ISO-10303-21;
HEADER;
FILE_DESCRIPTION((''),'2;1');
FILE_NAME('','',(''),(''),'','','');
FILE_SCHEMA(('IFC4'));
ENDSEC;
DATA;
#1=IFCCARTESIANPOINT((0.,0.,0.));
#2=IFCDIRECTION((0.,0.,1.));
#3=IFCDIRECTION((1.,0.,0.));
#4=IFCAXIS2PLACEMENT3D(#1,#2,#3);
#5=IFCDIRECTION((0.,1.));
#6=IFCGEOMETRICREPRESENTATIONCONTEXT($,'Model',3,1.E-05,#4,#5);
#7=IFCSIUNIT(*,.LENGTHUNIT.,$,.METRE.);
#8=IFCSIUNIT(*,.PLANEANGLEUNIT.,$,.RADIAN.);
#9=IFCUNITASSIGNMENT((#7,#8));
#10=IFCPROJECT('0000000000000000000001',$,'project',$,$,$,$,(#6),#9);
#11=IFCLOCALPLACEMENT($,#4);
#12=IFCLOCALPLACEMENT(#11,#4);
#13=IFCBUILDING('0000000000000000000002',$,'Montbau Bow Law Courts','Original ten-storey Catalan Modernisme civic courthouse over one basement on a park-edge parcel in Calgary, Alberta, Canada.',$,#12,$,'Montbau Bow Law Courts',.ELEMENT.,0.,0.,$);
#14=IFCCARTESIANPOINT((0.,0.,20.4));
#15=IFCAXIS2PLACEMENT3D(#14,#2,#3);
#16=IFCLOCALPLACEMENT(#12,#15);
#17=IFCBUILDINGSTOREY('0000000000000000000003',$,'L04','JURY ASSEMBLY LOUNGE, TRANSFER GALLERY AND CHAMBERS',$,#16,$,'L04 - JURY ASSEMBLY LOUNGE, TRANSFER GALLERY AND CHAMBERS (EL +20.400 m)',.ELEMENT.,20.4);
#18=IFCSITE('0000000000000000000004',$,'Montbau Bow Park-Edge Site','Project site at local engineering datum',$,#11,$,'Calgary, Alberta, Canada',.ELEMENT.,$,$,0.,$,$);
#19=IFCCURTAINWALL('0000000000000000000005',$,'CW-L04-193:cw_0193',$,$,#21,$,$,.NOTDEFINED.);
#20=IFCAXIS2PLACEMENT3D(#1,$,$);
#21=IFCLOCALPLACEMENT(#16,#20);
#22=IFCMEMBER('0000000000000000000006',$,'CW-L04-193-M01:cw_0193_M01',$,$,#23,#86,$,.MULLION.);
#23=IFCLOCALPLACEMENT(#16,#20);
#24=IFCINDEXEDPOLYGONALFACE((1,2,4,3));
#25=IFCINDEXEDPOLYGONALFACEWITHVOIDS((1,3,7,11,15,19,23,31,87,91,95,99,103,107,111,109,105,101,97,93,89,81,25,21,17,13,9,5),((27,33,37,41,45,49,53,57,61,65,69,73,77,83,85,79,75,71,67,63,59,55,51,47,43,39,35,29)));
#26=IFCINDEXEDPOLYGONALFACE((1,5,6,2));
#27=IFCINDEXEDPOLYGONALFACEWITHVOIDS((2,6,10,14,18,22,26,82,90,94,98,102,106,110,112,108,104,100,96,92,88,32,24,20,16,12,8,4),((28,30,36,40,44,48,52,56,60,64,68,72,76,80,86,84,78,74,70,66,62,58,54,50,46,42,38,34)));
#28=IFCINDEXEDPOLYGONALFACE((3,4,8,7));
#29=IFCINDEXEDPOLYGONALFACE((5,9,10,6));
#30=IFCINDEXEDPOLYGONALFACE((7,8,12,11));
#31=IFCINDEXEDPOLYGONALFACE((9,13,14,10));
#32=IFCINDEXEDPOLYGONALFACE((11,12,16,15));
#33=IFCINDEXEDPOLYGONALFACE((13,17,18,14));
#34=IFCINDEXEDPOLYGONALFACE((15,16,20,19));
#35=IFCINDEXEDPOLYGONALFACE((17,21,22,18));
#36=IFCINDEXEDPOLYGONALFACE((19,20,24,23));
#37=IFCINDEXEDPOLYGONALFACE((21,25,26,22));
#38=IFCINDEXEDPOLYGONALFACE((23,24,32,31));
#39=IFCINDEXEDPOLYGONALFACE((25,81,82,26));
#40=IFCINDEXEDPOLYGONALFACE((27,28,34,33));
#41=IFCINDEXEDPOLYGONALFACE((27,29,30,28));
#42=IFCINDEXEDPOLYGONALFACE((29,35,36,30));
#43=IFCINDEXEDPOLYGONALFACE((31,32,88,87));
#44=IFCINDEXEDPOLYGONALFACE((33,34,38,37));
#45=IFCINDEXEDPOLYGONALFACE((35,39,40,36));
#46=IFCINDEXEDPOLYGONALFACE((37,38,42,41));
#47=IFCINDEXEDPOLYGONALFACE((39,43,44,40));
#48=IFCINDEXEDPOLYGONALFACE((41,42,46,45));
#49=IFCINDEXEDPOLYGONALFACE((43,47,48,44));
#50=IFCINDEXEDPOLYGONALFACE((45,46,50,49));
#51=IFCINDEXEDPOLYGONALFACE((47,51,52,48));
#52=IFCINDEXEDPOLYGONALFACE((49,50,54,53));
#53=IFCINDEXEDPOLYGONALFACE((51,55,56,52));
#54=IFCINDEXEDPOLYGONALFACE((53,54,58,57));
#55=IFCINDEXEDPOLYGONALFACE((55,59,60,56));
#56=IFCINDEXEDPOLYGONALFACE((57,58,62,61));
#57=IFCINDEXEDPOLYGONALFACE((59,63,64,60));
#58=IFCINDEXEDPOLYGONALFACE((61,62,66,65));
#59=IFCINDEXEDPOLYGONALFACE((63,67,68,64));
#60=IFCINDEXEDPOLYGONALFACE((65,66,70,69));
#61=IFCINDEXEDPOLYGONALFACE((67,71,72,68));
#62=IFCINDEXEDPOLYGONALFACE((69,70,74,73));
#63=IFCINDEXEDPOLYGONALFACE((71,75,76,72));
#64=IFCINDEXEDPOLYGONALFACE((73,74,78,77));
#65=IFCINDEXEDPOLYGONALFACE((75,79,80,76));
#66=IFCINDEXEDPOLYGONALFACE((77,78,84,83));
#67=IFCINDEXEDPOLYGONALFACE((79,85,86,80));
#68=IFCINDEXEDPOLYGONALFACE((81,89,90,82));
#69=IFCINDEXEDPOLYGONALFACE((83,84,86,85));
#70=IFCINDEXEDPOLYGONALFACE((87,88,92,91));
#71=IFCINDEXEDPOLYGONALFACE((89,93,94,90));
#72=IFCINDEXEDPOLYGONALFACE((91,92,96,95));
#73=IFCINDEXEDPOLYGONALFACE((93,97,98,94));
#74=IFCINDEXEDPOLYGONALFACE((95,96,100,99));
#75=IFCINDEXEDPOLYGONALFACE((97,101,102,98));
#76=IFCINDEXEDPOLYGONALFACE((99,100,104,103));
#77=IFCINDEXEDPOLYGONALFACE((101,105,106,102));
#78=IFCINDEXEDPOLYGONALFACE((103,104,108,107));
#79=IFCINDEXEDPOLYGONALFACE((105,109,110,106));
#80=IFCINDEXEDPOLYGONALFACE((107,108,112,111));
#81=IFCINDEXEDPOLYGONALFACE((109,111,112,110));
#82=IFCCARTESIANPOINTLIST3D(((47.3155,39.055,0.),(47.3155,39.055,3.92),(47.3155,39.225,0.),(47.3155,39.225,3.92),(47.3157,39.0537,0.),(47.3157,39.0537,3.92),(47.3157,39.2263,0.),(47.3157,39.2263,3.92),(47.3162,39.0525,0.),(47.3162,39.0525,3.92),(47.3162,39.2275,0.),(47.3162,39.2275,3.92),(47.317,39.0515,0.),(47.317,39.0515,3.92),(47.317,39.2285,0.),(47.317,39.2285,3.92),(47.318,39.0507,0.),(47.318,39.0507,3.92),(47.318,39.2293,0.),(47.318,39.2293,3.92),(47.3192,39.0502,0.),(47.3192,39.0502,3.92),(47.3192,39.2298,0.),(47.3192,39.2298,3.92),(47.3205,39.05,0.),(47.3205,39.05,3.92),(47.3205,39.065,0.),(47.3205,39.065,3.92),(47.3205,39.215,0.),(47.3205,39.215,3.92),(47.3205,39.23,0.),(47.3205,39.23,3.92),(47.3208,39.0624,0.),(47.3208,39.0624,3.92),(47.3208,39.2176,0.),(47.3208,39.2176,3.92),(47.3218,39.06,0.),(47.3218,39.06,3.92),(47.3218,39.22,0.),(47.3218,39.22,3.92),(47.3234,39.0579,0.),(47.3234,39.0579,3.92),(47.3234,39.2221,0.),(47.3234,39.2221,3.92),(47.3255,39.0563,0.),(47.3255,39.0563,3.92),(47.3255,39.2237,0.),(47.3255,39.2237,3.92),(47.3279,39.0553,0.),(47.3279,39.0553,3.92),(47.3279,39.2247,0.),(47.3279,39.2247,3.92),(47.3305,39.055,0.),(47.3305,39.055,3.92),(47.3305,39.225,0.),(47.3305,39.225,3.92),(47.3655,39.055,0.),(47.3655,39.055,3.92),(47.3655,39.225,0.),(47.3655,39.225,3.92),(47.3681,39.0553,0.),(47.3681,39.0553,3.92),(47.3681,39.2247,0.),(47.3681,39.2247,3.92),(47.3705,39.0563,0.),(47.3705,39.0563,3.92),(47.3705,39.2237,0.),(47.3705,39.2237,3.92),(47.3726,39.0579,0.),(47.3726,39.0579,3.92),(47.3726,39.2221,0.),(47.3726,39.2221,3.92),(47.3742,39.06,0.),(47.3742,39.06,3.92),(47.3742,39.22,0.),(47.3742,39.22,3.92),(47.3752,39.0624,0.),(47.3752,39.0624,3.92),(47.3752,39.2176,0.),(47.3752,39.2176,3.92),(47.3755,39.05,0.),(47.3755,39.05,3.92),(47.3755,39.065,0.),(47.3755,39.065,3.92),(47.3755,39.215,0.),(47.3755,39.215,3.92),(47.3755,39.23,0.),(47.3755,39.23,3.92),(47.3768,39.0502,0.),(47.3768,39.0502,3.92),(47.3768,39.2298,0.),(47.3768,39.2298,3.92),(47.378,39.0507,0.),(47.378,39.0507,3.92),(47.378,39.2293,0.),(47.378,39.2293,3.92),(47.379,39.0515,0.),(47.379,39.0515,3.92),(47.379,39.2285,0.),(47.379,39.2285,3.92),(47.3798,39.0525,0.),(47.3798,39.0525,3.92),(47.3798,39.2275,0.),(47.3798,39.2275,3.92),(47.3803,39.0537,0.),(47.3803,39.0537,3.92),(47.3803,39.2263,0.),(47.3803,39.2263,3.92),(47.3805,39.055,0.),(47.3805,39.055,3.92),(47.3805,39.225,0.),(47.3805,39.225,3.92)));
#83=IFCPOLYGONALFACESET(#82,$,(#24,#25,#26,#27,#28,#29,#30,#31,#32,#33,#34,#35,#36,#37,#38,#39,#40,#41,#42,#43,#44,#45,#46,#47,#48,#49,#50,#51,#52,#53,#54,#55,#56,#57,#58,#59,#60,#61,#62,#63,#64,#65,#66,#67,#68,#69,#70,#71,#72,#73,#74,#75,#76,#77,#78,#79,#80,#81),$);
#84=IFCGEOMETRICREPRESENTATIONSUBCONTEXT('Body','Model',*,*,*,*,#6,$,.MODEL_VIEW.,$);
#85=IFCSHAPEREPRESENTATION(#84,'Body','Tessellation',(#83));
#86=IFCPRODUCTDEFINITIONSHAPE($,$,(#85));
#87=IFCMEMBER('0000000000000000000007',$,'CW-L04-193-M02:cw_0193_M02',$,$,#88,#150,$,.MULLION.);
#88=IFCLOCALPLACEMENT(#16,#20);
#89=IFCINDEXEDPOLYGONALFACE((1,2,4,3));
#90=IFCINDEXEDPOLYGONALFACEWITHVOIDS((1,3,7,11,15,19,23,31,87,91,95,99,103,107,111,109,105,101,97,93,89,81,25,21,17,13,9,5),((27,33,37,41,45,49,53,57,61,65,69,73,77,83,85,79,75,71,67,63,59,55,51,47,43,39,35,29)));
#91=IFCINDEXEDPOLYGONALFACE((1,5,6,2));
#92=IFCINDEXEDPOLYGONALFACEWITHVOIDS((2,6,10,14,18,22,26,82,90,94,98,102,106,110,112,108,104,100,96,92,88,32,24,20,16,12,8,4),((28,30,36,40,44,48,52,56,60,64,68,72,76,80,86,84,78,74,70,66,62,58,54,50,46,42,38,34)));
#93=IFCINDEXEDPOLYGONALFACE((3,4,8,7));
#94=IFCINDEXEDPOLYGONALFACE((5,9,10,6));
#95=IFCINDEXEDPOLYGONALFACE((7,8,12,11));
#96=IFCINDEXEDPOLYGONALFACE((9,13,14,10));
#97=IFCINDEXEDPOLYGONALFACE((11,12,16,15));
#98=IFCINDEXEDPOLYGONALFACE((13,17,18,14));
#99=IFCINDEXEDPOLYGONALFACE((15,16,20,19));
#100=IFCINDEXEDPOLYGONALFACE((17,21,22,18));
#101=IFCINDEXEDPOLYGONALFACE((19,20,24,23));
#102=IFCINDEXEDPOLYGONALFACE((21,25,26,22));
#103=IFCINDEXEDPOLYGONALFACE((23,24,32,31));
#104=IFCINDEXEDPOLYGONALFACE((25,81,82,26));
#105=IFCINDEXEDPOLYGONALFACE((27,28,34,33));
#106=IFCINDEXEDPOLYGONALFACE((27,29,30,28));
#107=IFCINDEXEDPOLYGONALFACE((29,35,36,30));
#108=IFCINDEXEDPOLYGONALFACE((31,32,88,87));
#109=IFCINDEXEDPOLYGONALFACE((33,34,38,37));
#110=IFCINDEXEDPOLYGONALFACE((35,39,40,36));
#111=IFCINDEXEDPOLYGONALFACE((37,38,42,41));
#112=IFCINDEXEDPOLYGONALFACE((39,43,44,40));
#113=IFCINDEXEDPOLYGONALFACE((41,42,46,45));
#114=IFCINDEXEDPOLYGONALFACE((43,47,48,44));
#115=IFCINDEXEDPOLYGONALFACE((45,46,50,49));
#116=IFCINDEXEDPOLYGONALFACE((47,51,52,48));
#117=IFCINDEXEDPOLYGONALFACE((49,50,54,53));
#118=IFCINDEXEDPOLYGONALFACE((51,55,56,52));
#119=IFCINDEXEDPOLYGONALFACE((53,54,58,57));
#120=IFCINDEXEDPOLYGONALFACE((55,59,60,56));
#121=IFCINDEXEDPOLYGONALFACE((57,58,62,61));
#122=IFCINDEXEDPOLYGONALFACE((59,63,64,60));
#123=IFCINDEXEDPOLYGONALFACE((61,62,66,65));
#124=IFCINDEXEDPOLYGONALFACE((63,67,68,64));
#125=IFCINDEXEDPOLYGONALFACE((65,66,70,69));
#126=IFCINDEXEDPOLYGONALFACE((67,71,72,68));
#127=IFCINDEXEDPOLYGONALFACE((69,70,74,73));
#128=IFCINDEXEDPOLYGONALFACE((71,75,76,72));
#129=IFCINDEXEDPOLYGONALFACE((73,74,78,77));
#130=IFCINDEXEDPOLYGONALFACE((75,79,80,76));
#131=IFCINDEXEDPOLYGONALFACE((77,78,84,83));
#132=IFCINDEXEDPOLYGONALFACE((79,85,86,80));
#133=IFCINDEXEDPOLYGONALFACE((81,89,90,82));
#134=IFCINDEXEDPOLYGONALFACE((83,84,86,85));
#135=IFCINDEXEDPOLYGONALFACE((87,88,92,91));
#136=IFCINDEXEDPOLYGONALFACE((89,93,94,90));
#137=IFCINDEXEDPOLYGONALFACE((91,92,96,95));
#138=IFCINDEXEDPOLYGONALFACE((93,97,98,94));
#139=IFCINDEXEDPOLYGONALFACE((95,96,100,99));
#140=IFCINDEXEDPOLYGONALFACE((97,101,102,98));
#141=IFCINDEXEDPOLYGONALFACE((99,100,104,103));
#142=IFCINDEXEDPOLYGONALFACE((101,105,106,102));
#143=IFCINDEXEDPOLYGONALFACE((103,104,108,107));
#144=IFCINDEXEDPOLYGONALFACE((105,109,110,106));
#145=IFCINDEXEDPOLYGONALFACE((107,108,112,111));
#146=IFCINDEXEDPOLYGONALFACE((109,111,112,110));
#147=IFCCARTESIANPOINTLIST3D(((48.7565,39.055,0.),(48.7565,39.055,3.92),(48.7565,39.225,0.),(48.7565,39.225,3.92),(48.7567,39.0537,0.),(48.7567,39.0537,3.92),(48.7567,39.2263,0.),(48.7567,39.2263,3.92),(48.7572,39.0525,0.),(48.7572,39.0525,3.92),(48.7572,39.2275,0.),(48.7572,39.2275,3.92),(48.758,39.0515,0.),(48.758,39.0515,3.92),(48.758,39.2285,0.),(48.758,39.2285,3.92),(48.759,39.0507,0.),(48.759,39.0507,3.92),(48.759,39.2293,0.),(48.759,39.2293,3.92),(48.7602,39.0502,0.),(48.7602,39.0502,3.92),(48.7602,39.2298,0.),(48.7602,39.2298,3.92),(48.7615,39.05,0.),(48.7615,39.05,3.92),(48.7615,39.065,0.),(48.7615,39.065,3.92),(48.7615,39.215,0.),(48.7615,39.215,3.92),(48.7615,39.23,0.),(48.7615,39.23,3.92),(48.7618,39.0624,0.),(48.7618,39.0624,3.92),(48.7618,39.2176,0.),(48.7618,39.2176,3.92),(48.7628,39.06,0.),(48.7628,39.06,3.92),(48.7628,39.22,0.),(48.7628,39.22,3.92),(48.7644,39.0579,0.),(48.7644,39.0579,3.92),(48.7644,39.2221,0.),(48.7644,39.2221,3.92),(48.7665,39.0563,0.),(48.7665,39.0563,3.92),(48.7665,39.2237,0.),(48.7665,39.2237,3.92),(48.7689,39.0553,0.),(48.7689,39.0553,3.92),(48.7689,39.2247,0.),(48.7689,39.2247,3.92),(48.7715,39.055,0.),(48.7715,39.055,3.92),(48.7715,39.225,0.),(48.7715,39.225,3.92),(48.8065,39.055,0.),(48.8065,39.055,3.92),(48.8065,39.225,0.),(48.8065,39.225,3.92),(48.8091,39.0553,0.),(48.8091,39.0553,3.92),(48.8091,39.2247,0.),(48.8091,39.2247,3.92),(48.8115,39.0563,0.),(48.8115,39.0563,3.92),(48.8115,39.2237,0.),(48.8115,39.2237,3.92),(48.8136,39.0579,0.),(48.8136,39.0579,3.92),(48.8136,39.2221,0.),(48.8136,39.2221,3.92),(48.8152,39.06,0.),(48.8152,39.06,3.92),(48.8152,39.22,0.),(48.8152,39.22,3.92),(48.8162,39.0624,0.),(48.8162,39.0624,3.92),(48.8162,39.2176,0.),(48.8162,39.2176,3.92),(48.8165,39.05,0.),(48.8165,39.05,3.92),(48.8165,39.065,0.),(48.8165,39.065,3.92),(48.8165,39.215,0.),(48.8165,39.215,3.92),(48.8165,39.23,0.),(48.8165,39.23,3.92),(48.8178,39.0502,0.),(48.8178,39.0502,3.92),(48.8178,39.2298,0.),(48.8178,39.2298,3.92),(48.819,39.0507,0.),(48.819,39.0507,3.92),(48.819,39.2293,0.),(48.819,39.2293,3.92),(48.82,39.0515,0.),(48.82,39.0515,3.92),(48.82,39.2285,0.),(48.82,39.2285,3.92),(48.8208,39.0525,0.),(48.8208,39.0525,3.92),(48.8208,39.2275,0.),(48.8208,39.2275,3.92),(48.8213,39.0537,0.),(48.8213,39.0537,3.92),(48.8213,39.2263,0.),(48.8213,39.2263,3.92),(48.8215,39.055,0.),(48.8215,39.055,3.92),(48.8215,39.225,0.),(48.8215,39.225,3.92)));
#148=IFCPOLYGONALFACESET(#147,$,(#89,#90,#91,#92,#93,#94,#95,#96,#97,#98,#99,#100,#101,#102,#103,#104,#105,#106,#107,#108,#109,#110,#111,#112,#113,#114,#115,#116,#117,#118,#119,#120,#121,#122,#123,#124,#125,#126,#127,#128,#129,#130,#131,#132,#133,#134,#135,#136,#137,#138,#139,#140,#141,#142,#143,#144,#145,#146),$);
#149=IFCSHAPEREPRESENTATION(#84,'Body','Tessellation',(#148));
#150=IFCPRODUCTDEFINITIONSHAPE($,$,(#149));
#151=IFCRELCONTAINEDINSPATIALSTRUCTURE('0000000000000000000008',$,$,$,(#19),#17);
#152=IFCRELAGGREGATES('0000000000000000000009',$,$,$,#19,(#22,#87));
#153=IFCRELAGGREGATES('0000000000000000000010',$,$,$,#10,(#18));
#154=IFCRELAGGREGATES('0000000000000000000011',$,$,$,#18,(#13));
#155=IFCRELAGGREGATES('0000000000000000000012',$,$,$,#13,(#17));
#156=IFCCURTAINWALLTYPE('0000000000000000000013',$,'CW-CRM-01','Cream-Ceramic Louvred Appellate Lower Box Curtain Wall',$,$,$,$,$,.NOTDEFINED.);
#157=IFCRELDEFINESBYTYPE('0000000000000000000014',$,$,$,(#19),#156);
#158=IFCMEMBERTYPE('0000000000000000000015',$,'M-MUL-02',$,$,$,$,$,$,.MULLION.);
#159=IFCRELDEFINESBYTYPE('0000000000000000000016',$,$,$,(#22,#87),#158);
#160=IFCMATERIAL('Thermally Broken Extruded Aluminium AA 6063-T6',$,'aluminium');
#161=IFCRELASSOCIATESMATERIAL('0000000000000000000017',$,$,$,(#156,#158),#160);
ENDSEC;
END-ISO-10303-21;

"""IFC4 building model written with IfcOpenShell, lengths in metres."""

from ifc_helpers import new_model, si_unit, direction, frame, origin_with_axes, origin_2d_with_axis, place, context, subcontext, project, spatial, hollow_rectangle, extrude, material, material_profile, profile_set, type_object, element, aggregate, save


model = new_model("IFC4")

# Units and contexts
model_context = context("Model", 3, precision=1e-05, world=origin_with_axes(), true_north=direction((0.0, 1.0)))
body_context = subcontext(model_context, "Body", "Model", "MODEL_VIEW")
ifc_project = project(units=[si_unit("LENGTHUNIT", "METRE"), si_unit("PLANEANGLEUNIT", "RADIAN")], contexts=[model_context])

# Site, building, storey
site_placement = place(None, origin_with_axes())
site = spatial("IfcSite", under=ifc_project, at=site_placement, Name="Montbau Bow Park-Edge Site", Description="Project site at local engineering datum", LongName="Calgary, Alberta, Canada", CompositionType="ELEMENT", RefElevation=0.0)
building_placement = place(site_placement, origin_with_axes())
building = spatial("IfcBuilding", under=site, at=building_placement, Name="Montbau Bow Law Courts", Description="Original ten-storey Catalan Modernisme civic courthouse over one basement on a park-edge parcel in Calgary, Alberta, Canada.", LongName="Montbau Bow Law Courts", CompositionType="ELEMENT", ElevationOfRefHeight=0.0, ElevationOfTerrain=0.0)
storey_placement = place(building_placement, frame((0.0, 0.0, 20.4), z_axis=(0.0, 0.0, 1.0), x_axis=(1.0, 0.0, 0.0)))
storey = spatial("IfcBuildingStorey", under=building, at=storey_placement, Name="L04", Description="JURY ASSEMBLY LOUNGE, TRANSFER GALLERY AND CHAMBERS", LongName="L04 - JURY ASSEMBLY LOUNGE, TRANSFER GALLERY AND CHAMBERS (EL +20.400 m)", CompositionType="ELEMENT", Elevation=20.4)

# Curtain wall, members
ifc_material_1 = material(Name="Thermally Broken Extruded Aluminium AA 6063-T6", Category="aluminium")
curtain_wall_type = type_object("IfcCurtainWallType", Name="CW-CRM-01", Description="Cream-Ceramic Louvred Appellate Lower Box Curtain Wall", PredefinedType="NOTDEFINED", material=ifc_material_1)
curtain_wall_1_placement = place(None, frame((47.315, 39.14, 20.4), z_axis=(0.0, 0.0, 1.0), x_axis=(1.0, 0.0, 0.0)))
curtain_wall_1 = element("IfcCurtainWall", 1, at=curtain_wall_1_placement, inside=storey, type_object=curtain_wall_type, Name="CW-L04-193:cw_0193", PredefinedType="NOTDEFINED")
ifc_material_profile_1 = material_profile(ifc_material_1, hollow_rectangle(XDim=0.065, YDim=0.18, WallThickness=0.005, InnerFilletRadius=0.01, OuterFilletRadius=0.005, at=origin_2d_with_axis()), Name="CWM-180X65", Category="Main", Priority=0)
ifc_profile_set_1 = profile_set([ifc_material_profile_1], Name="Thermally Broken Extruded Aluminium AA 6063-T6")
member_type_1 = type_object("IfcMemberType", Name="M-MUL-02", PredefinedType="MULLION", material=ifc_profile_set_1)
member_1_placement = place(None, frame((47.348, 39.14, 20.4), z_axis=(0.0, 0.0, 1.0), x_axis=(1.0, 0.0, 0.0)))
member_1 = element("IfcMember", 2, at=member_1_placement, type_object=member_type_1, Name="CW-L04-193-M01:cw_0193_M01", PredefinedType="MULLION", context=body_context, shape_type="SweptSolid", body=[
    extrude(hollow_rectangle(XDim=0.065, YDim=0.18, WallThickness=0.005, InnerFilletRadius=0.01, OuterFilletRadius=0.005, at=origin_2d_with_axis()), origin_with_axes(), (0.0, 0.0, 1.0), 3.92),
])
member_2_placement = place(None, frame((48.789, 39.14, 20.4), z_axis=(0.0, 0.0, 1.0), x_axis=(1.0, 0.0, 0.0)))
member_2 = element("IfcMember", 3, at=member_2_placement, type_object=member_type_1, Name="CW-L04-193-M02:cw_0193_M02", PredefinedType="MULLION", context=body_context, shape_type="SweptSolid", body=[
    extrude(hollow_rectangle(XDim=0.065, YDim=0.18, WallThickness=0.005, InnerFilletRadius=0.01, OuterFilletRadius=0.005, at=origin_2d_with_axis()), origin_with_axes(), (0.0, 0.0, 1.0), 3.92),
])

aggregate(curtain_wall_1, [member_1, member_2])

save(model, "model.ifc")
